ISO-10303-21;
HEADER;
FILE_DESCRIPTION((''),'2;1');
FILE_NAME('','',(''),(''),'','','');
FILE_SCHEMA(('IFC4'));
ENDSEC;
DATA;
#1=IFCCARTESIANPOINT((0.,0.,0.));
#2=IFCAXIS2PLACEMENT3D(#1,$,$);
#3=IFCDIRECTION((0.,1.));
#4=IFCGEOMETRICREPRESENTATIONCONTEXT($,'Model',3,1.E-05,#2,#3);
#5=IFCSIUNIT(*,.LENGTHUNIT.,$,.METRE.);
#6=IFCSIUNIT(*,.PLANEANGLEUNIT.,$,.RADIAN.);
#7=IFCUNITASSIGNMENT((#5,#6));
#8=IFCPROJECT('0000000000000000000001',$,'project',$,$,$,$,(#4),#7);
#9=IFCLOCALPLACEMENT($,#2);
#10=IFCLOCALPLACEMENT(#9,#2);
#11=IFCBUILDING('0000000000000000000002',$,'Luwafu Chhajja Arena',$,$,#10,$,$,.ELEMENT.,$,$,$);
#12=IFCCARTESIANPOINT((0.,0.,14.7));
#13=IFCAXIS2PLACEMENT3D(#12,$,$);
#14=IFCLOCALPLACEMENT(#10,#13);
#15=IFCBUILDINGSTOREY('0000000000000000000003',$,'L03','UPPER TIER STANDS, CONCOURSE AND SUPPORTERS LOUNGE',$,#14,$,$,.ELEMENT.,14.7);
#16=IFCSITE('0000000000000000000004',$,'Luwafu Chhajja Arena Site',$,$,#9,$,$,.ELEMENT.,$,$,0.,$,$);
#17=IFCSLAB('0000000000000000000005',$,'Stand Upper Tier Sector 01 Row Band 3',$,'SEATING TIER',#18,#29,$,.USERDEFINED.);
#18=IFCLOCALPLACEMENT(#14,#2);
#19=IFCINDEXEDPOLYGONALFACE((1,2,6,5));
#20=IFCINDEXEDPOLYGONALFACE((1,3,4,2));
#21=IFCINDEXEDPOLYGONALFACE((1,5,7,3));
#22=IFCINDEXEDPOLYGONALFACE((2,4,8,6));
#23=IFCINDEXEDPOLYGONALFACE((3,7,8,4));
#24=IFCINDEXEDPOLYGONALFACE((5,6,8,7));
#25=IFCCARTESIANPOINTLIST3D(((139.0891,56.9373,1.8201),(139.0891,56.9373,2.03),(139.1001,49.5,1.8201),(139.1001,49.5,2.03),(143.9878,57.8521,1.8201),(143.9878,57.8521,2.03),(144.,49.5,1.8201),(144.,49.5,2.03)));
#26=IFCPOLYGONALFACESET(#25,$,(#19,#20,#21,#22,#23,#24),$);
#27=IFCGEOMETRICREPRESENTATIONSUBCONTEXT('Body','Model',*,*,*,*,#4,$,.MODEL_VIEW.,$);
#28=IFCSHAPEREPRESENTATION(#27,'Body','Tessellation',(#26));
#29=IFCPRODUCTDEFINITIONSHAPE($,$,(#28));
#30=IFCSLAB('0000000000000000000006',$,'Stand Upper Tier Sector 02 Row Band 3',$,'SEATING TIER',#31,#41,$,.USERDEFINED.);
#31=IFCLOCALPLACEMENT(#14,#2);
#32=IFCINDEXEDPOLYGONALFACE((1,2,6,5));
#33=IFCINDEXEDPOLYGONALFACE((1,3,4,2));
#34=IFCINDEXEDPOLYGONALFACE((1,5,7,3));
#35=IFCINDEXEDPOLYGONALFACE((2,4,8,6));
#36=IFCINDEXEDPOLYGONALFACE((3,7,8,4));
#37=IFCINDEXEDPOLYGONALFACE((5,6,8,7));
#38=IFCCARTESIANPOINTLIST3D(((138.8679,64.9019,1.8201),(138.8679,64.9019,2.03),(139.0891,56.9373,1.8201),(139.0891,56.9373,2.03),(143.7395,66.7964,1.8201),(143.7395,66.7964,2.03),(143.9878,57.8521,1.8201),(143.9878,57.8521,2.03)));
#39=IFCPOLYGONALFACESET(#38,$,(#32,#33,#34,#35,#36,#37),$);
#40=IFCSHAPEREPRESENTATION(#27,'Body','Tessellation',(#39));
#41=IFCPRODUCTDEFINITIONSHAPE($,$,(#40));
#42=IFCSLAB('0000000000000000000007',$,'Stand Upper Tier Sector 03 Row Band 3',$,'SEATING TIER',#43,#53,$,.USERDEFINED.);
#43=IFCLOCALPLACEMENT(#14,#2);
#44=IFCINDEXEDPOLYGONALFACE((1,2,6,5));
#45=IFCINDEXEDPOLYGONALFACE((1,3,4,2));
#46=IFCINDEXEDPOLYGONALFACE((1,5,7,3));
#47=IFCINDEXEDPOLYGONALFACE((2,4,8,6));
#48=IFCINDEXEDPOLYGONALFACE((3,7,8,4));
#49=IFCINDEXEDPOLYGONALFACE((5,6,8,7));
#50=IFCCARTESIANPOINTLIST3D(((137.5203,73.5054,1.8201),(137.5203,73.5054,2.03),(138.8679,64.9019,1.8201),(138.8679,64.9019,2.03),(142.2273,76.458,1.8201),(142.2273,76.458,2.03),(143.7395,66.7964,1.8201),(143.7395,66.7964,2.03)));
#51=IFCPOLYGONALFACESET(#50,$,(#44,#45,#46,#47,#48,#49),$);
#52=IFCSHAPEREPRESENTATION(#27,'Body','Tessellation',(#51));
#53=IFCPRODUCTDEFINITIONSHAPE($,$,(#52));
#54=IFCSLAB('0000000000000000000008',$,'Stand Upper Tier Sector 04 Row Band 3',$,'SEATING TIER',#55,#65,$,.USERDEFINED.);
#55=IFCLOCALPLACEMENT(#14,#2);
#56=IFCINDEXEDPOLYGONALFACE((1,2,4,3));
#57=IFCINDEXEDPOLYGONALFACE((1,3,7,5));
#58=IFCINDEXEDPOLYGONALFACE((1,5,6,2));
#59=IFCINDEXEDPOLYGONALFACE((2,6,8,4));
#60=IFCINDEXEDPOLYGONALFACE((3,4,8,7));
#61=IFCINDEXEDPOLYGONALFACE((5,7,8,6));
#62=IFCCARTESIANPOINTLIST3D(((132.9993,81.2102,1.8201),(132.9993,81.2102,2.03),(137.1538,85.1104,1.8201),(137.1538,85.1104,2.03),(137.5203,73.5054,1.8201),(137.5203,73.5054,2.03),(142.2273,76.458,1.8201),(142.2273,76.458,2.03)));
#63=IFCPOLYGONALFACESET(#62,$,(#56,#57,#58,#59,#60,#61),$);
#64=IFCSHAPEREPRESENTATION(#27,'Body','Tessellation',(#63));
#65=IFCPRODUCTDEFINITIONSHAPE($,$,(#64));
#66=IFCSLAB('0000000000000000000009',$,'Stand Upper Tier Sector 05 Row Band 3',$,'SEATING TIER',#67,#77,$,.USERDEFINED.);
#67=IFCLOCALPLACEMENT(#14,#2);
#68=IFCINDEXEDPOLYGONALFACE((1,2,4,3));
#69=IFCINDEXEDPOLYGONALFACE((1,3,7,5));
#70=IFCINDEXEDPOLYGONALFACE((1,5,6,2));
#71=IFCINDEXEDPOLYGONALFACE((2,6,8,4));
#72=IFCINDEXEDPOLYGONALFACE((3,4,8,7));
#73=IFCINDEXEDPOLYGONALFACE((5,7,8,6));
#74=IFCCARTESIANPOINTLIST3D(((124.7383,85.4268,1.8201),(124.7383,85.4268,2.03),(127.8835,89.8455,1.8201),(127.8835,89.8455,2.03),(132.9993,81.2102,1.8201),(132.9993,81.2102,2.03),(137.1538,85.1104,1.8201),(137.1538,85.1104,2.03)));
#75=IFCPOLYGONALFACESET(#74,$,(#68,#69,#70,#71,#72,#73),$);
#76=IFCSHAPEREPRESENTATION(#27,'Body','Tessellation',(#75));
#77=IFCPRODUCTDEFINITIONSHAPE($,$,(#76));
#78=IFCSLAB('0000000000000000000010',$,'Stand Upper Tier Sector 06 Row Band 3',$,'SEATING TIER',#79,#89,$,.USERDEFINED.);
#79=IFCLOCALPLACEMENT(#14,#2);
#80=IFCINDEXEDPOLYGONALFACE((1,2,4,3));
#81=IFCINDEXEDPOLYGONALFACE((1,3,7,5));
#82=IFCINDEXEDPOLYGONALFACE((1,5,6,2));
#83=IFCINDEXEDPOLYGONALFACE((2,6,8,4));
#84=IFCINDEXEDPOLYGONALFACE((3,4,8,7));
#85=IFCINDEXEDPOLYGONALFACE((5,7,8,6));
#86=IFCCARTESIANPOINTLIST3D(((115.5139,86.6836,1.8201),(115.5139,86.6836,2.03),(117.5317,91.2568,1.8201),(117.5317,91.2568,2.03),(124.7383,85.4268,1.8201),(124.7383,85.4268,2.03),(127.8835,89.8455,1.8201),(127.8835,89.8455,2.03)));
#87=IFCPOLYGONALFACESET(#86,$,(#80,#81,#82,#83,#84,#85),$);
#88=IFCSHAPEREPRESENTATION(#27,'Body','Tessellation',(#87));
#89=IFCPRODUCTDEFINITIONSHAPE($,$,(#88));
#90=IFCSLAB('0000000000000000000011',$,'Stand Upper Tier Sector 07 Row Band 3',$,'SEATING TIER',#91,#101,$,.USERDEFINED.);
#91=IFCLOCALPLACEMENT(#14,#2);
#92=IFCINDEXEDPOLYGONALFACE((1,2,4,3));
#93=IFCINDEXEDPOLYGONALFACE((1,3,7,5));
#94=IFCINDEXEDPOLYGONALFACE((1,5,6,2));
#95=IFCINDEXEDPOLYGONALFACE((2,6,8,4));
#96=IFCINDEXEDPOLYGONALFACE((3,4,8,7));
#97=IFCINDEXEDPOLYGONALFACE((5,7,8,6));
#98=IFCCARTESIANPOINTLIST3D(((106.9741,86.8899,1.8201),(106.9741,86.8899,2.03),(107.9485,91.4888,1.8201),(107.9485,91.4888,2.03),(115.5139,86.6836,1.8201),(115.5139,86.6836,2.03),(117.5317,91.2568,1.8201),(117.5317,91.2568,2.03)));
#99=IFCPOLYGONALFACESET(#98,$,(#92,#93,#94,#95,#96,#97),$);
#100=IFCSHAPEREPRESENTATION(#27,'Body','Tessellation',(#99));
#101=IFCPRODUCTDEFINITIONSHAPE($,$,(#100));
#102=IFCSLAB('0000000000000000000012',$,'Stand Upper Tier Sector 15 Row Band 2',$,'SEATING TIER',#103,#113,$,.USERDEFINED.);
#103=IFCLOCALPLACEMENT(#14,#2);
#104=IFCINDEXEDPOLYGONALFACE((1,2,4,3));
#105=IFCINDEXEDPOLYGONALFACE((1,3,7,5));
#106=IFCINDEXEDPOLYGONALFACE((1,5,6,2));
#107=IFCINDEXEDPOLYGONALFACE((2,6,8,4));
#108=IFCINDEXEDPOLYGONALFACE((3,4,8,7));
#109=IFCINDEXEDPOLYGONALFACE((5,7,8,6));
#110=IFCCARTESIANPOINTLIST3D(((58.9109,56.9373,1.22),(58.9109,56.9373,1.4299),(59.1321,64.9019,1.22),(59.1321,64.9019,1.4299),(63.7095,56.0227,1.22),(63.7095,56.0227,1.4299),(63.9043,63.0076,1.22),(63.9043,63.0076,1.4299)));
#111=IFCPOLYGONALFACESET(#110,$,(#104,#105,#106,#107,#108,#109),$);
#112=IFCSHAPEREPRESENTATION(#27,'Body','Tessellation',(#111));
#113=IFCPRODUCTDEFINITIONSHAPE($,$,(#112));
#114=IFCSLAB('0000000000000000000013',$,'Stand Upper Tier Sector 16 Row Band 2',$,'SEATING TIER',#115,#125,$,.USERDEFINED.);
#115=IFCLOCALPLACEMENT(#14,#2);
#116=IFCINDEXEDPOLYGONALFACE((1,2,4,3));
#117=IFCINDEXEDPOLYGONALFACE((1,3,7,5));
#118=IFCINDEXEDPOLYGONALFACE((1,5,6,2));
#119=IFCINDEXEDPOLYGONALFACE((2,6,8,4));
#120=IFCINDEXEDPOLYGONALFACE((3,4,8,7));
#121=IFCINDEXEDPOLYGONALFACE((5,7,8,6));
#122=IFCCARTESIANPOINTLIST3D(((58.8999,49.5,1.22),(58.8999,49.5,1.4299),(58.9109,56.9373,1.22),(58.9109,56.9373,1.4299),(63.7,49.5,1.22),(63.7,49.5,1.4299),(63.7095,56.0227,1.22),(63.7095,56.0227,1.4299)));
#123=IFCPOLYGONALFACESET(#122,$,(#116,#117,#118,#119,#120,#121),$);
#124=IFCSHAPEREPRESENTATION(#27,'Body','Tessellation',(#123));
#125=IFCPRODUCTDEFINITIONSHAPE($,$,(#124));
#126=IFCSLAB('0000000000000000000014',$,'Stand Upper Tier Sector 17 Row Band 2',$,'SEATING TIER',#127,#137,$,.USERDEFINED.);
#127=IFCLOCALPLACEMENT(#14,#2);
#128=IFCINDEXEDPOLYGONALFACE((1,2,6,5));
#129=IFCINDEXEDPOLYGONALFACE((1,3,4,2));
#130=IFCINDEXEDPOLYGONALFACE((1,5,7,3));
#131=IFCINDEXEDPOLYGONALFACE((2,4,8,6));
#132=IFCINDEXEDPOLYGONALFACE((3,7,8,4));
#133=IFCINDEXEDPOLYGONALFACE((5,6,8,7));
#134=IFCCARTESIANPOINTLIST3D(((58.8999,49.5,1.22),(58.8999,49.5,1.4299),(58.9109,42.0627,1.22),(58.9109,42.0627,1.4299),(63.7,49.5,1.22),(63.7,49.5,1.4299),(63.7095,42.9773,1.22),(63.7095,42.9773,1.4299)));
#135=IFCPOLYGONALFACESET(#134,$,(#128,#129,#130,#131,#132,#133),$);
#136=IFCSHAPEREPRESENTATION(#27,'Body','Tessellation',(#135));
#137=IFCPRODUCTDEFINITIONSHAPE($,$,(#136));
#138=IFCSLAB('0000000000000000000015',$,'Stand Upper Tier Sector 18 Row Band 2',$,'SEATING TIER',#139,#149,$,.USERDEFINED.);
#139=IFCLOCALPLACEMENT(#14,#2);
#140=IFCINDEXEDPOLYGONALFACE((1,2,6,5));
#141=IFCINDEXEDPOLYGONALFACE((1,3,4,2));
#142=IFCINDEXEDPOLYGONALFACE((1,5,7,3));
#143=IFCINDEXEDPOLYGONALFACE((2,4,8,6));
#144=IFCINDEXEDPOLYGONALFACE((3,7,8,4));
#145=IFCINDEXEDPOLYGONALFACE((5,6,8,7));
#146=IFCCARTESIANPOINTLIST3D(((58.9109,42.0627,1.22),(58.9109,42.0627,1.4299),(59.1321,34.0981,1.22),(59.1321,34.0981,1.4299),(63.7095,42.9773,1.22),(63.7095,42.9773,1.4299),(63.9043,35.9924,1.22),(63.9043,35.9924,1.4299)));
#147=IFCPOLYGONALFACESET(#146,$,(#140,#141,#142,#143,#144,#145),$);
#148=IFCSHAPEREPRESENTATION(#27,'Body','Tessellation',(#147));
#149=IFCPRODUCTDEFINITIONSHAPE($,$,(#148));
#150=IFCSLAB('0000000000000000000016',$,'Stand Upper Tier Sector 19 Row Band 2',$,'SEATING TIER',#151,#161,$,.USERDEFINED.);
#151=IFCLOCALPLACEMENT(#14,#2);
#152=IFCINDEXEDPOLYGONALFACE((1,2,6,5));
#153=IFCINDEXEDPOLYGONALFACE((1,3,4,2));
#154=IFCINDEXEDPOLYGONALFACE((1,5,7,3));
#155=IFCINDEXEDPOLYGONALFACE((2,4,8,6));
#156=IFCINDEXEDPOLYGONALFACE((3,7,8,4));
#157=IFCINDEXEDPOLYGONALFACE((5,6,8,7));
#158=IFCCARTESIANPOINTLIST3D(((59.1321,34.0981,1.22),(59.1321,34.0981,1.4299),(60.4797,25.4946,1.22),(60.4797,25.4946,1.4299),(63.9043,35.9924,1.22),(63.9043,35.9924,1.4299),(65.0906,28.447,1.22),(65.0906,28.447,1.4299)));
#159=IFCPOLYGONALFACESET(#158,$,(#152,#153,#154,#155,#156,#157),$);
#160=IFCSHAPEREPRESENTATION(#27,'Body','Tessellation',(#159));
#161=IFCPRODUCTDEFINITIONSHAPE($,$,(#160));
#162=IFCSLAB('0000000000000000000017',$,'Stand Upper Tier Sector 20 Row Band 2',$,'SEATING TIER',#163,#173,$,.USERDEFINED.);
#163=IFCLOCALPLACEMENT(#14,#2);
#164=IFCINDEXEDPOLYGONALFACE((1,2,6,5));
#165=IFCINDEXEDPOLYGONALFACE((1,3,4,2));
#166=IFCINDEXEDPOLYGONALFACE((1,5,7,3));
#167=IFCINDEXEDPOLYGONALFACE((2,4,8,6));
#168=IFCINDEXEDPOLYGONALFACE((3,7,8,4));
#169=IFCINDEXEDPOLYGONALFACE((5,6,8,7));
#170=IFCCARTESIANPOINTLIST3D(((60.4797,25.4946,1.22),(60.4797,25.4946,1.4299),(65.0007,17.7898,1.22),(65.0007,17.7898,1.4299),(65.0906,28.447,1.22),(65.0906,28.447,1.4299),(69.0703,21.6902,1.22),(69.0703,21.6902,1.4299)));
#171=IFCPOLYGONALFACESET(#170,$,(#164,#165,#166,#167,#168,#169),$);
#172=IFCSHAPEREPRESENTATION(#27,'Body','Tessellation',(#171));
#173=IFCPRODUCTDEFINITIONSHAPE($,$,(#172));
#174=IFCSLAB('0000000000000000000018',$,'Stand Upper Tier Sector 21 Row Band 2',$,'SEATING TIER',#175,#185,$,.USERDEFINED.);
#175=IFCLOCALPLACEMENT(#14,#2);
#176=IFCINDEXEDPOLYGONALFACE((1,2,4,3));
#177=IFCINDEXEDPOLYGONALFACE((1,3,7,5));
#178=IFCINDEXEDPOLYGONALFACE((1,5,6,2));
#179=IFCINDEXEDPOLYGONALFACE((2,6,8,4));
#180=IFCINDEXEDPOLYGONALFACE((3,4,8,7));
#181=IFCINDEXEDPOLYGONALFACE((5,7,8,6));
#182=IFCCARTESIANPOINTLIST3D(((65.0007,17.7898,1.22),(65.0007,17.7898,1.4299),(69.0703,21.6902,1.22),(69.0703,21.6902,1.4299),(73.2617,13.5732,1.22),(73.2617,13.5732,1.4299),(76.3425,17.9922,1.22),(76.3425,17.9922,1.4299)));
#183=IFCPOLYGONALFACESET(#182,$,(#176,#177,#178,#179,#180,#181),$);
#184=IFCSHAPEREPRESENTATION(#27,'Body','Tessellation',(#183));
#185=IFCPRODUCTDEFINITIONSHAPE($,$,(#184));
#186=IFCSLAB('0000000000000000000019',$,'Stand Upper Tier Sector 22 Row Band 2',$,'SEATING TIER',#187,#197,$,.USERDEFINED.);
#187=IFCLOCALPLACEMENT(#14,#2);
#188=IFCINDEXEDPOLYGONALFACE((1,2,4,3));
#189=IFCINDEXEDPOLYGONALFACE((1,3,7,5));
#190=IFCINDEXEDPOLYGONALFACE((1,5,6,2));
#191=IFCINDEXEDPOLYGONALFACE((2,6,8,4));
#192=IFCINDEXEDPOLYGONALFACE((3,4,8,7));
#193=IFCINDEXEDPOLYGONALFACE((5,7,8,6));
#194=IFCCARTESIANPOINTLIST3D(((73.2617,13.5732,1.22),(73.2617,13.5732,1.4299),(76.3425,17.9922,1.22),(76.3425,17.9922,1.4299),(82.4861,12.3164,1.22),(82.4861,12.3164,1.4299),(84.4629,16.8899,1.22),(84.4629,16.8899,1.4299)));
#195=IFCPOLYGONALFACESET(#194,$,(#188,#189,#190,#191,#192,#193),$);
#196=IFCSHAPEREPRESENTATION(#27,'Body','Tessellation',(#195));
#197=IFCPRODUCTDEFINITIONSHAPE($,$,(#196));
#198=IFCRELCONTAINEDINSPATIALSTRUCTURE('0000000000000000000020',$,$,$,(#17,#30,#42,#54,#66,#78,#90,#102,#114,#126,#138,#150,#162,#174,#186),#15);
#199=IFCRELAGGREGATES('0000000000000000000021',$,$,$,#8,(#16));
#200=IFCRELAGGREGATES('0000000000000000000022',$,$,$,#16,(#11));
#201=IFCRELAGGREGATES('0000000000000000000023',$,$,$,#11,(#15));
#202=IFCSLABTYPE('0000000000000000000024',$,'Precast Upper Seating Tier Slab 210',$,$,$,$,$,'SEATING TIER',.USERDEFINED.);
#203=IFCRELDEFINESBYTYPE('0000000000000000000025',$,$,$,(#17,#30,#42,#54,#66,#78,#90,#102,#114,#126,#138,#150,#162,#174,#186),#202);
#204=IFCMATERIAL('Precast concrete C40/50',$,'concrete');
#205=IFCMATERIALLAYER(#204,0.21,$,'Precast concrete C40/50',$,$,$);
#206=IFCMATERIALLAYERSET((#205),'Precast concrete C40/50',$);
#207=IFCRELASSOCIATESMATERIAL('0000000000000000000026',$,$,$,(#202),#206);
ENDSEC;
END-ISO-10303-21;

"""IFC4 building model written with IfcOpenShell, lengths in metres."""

from ifc_helpers import new_model, si_unit, direction, frame, origin, place, context, subcontext, project, spatial, polyline, outline, extrude, material, layer, layer_set, type_object, element, save


model = new_model("IFC4")

# Units and contexts
model_context = context("Model", 3, precision=1e-05, world=origin(), true_north=direction((0.0, 1.0)))
body_context = subcontext(model_context, "Body", "Model", "MODEL_VIEW")
ifc_project = project(units=[si_unit("LENGTHUNIT", "METRE"), si_unit("PLANEANGLEUNIT", "RADIAN")], contexts=[model_context])

# Site, building, storey
site_placement = place(None, origin())
site = spatial("IfcSite", under=ifc_project, at=site_placement, Name="Luwafu Chhajja Arena Site", CompositionType="ELEMENT", RefElevation=0.0)
building_placement = place(site_placement, origin())
building = spatial("IfcBuilding", under=site, at=building_placement, Name="Luwafu Chhajja Arena", CompositionType="ELEMENT")
storey_placement = place(building_placement, frame((0.0, 0.0, 14.7)))
storey = spatial("IfcBuildingStorey", under=building, at=storey_placement, Name="L03", Description="UPPER TIER STANDS, CONCOURSE AND SUPPORTERS LOUNGE", CompositionType="ELEMENT", Elevation=14.7)

# Slabs
ifc_material = material(Name="Precast concrete C40/50", Category="concrete")
ifc_layer = layer(ifc_material, 0.21, Name="Precast concrete C40/50")
ifc_layer_set = layer_set([ifc_layer], Name="Precast concrete C40/50")
slab_type = type_object("IfcSlabType", Name="Precast Upper Seating Tier Slab 210", ElementType="SEATING TIER", PredefinedType="USERDEFINED", material=ifc_layer_set)
slab_1_placement = place(storey_placement, frame((0.0, 0.0, 1.8201)))
element("IfcSlab", 1, at=slab_1_placement, inside=storey, type_object=slab_type, Name="Stand Upper Tier Sector 01 Row Band 3", ObjectType="SEATING TIER", PredefinedType="USERDEFINED", context=body_context, shape_type="SweptSolid", body=[
    extrude(outline(polyline([(139.1001, 49.5), (139.0891, 56.9373), (143.9878, 57.8521), (144.0, 49.5), (139.1001, 49.5)])), origin(), (0.0, 0.0, 1.0), 0.21),
])
slab_2_placement = place(storey_placement, frame((0.0, 0.0, 1.8201)))
element("IfcSlab", 2, at=slab_2_placement, inside=storey, type_object=slab_type, Name="Stand Upper Tier Sector 02 Row Band 3", ObjectType="SEATING TIER", PredefinedType="USERDEFINED", context=body_context, shape_type="SweptSolid", body=[
    extrude(outline(polyline([(139.0891, 56.9373), (138.8679, 64.9019), (143.7395, 66.7964), (143.9878, 57.8521), (139.0891, 56.9373)])), origin(), (0.0, 0.0, 1.0), 0.21),
])
slab_3_placement = place(storey_placement, frame((0.0, 0.0, 1.8201)))
element("IfcSlab", 3, at=slab_3_placement, inside=storey, type_object=slab_type, Name="Stand Upper Tier Sector 03 Row Band 3", ObjectType="SEATING TIER", PredefinedType="USERDEFINED", context=body_context, shape_type="SweptSolid", body=[
    extrude(outline(polyline([(138.8679, 64.9019), (137.5203, 73.5054), (142.2273, 76.458), (143.7395, 66.7964), (138.8679, 64.9019)])), origin(), (0.0, 0.0, 1.0), 0.21),
])
slab_4_placement = place(storey_placement, frame((0.0, 0.0, 1.8201)))
element("IfcSlab", 4, at=slab_4_placement, inside=storey, type_object=slab_type, Name="Stand Upper Tier Sector 04 Row Band 3", ObjectType="SEATING TIER", PredefinedType="USERDEFINED", context=body_context, shape_type="SweptSolid", body=[
    extrude(outline(polyline([(137.5203, 73.5054), (132.9993, 81.2102), (137.1538, 85.1104), (142.2273, 76.458), (137.5203, 73.5054)])), origin(), (0.0, 0.0, 1.0), 0.21),
])
slab_5_placement = place(storey_placement, frame((0.0, 0.0, 1.8201)))
element("IfcSlab", 5, at=slab_5_placement, inside=storey, type_object=slab_type, Name="Stand Upper Tier Sector 05 Row Band 3", ObjectType="SEATING TIER", PredefinedType="USERDEFINED", context=body_context, shape_type="SweptSolid", body=[
    extrude(outline(polyline([(132.9993, 81.2102), (124.7383, 85.4268), (127.8835, 89.8455), (137.1538, 85.1104), (132.9993, 81.2102)])), origin(), (0.0, 0.0, 1.0), 0.21),
])
slab_6_placement = place(storey_placement, frame((0.0, 0.0, 1.8201)))
element("IfcSlab", 6, at=slab_6_placement, inside=storey, type_object=slab_type, Name="Stand Upper Tier Sector 06 Row Band 3", ObjectType="SEATING TIER", PredefinedType="USERDEFINED", context=body_context, shape_type="SweptSolid", body=[
    extrude(outline(polyline([(124.7383, 85.4268), (115.5139, 86.6836), (117.5317, 91.2568), (127.8835, 89.8455), (124.7383, 85.4268)])), origin(), (0.0, 0.0, 1.0), 0.21),
])
slab_7_placement = place(storey_placement, frame((0.0, 0.0, 1.8201)))
element("IfcSlab", 7, at=slab_7_placement, inside=storey, type_object=slab_type, Name="Stand Upper Tier Sector 07 Row Band 3", ObjectType="SEATING TIER", PredefinedType="USERDEFINED", context=body_context, shape_type="SweptSolid", body=[
    extrude(outline(polyline([(115.5139, 86.6836), (106.9741, 86.8899), (107.9485, 91.4888), (117.5317, 91.2568), (115.5139, 86.6836)])), origin(), (0.0, 0.0, 1.0), 0.21),
])
slab_8_placement = place(storey_placement, frame((0.0, 0.0, 1.22)))
element("IfcSlab", 8, at=slab_8_placement, inside=storey, type_object=slab_type, Name="Stand Upper Tier Sector 15 Row Band 2", ObjectType="SEATING TIER", PredefinedType="USERDEFINED", context=body_context, shape_type="SweptSolid", body=[
    extrude(outline(polyline([(63.9043, 63.0076), (63.7095, 56.0227), (58.9109, 56.9373), (59.1321, 64.9019), (63.9043, 63.0076)])), origin(), (0.0, 0.0, 1.0), 0.21),
])
slab_9_placement = place(storey_placement, frame((0.0, 0.0, 1.22)))
element("IfcSlab", 9, at=slab_9_placement, inside=storey, type_object=slab_type, Name="Stand Upper Tier Sector 16 Row Band 2", ObjectType="SEATING TIER", PredefinedType="USERDEFINED", context=body_context, shape_type="SweptSolid", body=[
    extrude(outline(polyline([(63.7095, 56.0227), (63.7, 49.5), (58.8999, 49.5), (58.9109, 56.9373), (63.7095, 56.0227)])), origin(), (0.0, 0.0, 1.0), 0.21),
])
slab_10_placement = place(storey_placement, frame((0.0, 0.0, 1.22)))
element("IfcSlab", 10, at=slab_10_placement, inside=storey, type_object=slab_type, Name="Stand Upper Tier Sector 17 Row Band 2", ObjectType="SEATING TIER", PredefinedType="USERDEFINED", context=body_context, shape_type="SweptSolid", body=[
    extrude(outline(polyline([(63.7, 49.5), (63.7095, 42.9773), (58.9109, 42.0627), (58.8999, 49.5), (63.7, 49.5)])), origin(), (0.0, 0.0, 1.0), 0.21),
])
slab_11_placement = place(storey_placement, frame((0.0, 0.0, 1.22)))
element("IfcSlab", 11, at=slab_11_placement, inside=storey, type_object=slab_type, Name="Stand Upper Tier Sector 18 Row Band 2", ObjectType="SEATING TIER", PredefinedType="USERDEFINED", context=body_context, shape_type="SweptSolid", body=[
    extrude(outline(polyline([(63.7095, 42.9773), (63.9043, 35.9924), (59.1321, 34.0981), (58.9109, 42.0627), (63.7095, 42.9773)])), origin(), (0.0, 0.0, 1.0), 0.21),
])
slab_12_placement = place(storey_placement, frame((0.0, 0.0, 1.22)))
element("IfcSlab", 12, at=slab_12_placement, inside=storey, type_object=slab_type, Name="Stand Upper Tier Sector 19 Row Band 2", ObjectType="SEATING TIER", PredefinedType="USERDEFINED", context=body_context, shape_type="SweptSolid", body=[
    extrude(outline(polyline([(63.9043, 35.9924), (65.0906, 28.447), (60.4797, 25.4946), (59.1321, 34.0981), (63.9043, 35.9924)])), origin(), (0.0, 0.0, 1.0), 0.21),
])
slab_13_placement = place(storey_placement, frame((0.0, 0.0, 1.22)))
element("IfcSlab", 13, at=slab_13_placement, inside=storey, type_object=slab_type, Name="Stand Upper Tier Sector 20 Row Band 2", ObjectType="SEATING TIER", PredefinedType="USERDEFINED", context=body_context, shape_type="SweptSolid", body=[
    extrude(outline(polyline([(65.0906, 28.447), (69.0703, 21.6902), (65.0007, 17.7898), (60.4797, 25.4946), (65.0906, 28.447)])), origin(), (0.0, 0.0, 1.0), 0.21),
])
slab_14_placement = place(storey_placement, frame((0.0, 0.0, 1.22)))
element("IfcSlab", 14, at=slab_14_placement, inside=storey, type_object=slab_type, Name="Stand Upper Tier Sector 21 Row Band 2", ObjectType="SEATING TIER", PredefinedType="USERDEFINED", context=body_context, shape_type="SweptSolid", body=[
    extrude(outline(polyline([(69.0703, 21.6902), (76.3425, 17.9922), (73.2617, 13.5732), (65.0007, 17.7898), (69.0703, 21.6902)])), origin(), (0.0, 0.0, 1.0), 0.21),
])
slab_15_placement = place(storey_placement, frame((0.0, 0.0, 1.22)))
element("IfcSlab", 15, at=slab_15_placement, inside=storey, type_object=slab_type, Name="Stand Upper Tier Sector 22 Row Band 2", ObjectType="SEATING TIER", PredefinedType="USERDEFINED", context=body_context, shape_type="SweptSolid", body=[
    extrude(outline(polyline([(76.3425, 17.9922), (84.4629, 16.8899), (82.4861, 12.3164), (73.2617, 13.5732), (76.3425, 17.9922)])), origin(), (0.0, 0.0, 1.0), 0.21),
])

save(model, "model.ifc")
